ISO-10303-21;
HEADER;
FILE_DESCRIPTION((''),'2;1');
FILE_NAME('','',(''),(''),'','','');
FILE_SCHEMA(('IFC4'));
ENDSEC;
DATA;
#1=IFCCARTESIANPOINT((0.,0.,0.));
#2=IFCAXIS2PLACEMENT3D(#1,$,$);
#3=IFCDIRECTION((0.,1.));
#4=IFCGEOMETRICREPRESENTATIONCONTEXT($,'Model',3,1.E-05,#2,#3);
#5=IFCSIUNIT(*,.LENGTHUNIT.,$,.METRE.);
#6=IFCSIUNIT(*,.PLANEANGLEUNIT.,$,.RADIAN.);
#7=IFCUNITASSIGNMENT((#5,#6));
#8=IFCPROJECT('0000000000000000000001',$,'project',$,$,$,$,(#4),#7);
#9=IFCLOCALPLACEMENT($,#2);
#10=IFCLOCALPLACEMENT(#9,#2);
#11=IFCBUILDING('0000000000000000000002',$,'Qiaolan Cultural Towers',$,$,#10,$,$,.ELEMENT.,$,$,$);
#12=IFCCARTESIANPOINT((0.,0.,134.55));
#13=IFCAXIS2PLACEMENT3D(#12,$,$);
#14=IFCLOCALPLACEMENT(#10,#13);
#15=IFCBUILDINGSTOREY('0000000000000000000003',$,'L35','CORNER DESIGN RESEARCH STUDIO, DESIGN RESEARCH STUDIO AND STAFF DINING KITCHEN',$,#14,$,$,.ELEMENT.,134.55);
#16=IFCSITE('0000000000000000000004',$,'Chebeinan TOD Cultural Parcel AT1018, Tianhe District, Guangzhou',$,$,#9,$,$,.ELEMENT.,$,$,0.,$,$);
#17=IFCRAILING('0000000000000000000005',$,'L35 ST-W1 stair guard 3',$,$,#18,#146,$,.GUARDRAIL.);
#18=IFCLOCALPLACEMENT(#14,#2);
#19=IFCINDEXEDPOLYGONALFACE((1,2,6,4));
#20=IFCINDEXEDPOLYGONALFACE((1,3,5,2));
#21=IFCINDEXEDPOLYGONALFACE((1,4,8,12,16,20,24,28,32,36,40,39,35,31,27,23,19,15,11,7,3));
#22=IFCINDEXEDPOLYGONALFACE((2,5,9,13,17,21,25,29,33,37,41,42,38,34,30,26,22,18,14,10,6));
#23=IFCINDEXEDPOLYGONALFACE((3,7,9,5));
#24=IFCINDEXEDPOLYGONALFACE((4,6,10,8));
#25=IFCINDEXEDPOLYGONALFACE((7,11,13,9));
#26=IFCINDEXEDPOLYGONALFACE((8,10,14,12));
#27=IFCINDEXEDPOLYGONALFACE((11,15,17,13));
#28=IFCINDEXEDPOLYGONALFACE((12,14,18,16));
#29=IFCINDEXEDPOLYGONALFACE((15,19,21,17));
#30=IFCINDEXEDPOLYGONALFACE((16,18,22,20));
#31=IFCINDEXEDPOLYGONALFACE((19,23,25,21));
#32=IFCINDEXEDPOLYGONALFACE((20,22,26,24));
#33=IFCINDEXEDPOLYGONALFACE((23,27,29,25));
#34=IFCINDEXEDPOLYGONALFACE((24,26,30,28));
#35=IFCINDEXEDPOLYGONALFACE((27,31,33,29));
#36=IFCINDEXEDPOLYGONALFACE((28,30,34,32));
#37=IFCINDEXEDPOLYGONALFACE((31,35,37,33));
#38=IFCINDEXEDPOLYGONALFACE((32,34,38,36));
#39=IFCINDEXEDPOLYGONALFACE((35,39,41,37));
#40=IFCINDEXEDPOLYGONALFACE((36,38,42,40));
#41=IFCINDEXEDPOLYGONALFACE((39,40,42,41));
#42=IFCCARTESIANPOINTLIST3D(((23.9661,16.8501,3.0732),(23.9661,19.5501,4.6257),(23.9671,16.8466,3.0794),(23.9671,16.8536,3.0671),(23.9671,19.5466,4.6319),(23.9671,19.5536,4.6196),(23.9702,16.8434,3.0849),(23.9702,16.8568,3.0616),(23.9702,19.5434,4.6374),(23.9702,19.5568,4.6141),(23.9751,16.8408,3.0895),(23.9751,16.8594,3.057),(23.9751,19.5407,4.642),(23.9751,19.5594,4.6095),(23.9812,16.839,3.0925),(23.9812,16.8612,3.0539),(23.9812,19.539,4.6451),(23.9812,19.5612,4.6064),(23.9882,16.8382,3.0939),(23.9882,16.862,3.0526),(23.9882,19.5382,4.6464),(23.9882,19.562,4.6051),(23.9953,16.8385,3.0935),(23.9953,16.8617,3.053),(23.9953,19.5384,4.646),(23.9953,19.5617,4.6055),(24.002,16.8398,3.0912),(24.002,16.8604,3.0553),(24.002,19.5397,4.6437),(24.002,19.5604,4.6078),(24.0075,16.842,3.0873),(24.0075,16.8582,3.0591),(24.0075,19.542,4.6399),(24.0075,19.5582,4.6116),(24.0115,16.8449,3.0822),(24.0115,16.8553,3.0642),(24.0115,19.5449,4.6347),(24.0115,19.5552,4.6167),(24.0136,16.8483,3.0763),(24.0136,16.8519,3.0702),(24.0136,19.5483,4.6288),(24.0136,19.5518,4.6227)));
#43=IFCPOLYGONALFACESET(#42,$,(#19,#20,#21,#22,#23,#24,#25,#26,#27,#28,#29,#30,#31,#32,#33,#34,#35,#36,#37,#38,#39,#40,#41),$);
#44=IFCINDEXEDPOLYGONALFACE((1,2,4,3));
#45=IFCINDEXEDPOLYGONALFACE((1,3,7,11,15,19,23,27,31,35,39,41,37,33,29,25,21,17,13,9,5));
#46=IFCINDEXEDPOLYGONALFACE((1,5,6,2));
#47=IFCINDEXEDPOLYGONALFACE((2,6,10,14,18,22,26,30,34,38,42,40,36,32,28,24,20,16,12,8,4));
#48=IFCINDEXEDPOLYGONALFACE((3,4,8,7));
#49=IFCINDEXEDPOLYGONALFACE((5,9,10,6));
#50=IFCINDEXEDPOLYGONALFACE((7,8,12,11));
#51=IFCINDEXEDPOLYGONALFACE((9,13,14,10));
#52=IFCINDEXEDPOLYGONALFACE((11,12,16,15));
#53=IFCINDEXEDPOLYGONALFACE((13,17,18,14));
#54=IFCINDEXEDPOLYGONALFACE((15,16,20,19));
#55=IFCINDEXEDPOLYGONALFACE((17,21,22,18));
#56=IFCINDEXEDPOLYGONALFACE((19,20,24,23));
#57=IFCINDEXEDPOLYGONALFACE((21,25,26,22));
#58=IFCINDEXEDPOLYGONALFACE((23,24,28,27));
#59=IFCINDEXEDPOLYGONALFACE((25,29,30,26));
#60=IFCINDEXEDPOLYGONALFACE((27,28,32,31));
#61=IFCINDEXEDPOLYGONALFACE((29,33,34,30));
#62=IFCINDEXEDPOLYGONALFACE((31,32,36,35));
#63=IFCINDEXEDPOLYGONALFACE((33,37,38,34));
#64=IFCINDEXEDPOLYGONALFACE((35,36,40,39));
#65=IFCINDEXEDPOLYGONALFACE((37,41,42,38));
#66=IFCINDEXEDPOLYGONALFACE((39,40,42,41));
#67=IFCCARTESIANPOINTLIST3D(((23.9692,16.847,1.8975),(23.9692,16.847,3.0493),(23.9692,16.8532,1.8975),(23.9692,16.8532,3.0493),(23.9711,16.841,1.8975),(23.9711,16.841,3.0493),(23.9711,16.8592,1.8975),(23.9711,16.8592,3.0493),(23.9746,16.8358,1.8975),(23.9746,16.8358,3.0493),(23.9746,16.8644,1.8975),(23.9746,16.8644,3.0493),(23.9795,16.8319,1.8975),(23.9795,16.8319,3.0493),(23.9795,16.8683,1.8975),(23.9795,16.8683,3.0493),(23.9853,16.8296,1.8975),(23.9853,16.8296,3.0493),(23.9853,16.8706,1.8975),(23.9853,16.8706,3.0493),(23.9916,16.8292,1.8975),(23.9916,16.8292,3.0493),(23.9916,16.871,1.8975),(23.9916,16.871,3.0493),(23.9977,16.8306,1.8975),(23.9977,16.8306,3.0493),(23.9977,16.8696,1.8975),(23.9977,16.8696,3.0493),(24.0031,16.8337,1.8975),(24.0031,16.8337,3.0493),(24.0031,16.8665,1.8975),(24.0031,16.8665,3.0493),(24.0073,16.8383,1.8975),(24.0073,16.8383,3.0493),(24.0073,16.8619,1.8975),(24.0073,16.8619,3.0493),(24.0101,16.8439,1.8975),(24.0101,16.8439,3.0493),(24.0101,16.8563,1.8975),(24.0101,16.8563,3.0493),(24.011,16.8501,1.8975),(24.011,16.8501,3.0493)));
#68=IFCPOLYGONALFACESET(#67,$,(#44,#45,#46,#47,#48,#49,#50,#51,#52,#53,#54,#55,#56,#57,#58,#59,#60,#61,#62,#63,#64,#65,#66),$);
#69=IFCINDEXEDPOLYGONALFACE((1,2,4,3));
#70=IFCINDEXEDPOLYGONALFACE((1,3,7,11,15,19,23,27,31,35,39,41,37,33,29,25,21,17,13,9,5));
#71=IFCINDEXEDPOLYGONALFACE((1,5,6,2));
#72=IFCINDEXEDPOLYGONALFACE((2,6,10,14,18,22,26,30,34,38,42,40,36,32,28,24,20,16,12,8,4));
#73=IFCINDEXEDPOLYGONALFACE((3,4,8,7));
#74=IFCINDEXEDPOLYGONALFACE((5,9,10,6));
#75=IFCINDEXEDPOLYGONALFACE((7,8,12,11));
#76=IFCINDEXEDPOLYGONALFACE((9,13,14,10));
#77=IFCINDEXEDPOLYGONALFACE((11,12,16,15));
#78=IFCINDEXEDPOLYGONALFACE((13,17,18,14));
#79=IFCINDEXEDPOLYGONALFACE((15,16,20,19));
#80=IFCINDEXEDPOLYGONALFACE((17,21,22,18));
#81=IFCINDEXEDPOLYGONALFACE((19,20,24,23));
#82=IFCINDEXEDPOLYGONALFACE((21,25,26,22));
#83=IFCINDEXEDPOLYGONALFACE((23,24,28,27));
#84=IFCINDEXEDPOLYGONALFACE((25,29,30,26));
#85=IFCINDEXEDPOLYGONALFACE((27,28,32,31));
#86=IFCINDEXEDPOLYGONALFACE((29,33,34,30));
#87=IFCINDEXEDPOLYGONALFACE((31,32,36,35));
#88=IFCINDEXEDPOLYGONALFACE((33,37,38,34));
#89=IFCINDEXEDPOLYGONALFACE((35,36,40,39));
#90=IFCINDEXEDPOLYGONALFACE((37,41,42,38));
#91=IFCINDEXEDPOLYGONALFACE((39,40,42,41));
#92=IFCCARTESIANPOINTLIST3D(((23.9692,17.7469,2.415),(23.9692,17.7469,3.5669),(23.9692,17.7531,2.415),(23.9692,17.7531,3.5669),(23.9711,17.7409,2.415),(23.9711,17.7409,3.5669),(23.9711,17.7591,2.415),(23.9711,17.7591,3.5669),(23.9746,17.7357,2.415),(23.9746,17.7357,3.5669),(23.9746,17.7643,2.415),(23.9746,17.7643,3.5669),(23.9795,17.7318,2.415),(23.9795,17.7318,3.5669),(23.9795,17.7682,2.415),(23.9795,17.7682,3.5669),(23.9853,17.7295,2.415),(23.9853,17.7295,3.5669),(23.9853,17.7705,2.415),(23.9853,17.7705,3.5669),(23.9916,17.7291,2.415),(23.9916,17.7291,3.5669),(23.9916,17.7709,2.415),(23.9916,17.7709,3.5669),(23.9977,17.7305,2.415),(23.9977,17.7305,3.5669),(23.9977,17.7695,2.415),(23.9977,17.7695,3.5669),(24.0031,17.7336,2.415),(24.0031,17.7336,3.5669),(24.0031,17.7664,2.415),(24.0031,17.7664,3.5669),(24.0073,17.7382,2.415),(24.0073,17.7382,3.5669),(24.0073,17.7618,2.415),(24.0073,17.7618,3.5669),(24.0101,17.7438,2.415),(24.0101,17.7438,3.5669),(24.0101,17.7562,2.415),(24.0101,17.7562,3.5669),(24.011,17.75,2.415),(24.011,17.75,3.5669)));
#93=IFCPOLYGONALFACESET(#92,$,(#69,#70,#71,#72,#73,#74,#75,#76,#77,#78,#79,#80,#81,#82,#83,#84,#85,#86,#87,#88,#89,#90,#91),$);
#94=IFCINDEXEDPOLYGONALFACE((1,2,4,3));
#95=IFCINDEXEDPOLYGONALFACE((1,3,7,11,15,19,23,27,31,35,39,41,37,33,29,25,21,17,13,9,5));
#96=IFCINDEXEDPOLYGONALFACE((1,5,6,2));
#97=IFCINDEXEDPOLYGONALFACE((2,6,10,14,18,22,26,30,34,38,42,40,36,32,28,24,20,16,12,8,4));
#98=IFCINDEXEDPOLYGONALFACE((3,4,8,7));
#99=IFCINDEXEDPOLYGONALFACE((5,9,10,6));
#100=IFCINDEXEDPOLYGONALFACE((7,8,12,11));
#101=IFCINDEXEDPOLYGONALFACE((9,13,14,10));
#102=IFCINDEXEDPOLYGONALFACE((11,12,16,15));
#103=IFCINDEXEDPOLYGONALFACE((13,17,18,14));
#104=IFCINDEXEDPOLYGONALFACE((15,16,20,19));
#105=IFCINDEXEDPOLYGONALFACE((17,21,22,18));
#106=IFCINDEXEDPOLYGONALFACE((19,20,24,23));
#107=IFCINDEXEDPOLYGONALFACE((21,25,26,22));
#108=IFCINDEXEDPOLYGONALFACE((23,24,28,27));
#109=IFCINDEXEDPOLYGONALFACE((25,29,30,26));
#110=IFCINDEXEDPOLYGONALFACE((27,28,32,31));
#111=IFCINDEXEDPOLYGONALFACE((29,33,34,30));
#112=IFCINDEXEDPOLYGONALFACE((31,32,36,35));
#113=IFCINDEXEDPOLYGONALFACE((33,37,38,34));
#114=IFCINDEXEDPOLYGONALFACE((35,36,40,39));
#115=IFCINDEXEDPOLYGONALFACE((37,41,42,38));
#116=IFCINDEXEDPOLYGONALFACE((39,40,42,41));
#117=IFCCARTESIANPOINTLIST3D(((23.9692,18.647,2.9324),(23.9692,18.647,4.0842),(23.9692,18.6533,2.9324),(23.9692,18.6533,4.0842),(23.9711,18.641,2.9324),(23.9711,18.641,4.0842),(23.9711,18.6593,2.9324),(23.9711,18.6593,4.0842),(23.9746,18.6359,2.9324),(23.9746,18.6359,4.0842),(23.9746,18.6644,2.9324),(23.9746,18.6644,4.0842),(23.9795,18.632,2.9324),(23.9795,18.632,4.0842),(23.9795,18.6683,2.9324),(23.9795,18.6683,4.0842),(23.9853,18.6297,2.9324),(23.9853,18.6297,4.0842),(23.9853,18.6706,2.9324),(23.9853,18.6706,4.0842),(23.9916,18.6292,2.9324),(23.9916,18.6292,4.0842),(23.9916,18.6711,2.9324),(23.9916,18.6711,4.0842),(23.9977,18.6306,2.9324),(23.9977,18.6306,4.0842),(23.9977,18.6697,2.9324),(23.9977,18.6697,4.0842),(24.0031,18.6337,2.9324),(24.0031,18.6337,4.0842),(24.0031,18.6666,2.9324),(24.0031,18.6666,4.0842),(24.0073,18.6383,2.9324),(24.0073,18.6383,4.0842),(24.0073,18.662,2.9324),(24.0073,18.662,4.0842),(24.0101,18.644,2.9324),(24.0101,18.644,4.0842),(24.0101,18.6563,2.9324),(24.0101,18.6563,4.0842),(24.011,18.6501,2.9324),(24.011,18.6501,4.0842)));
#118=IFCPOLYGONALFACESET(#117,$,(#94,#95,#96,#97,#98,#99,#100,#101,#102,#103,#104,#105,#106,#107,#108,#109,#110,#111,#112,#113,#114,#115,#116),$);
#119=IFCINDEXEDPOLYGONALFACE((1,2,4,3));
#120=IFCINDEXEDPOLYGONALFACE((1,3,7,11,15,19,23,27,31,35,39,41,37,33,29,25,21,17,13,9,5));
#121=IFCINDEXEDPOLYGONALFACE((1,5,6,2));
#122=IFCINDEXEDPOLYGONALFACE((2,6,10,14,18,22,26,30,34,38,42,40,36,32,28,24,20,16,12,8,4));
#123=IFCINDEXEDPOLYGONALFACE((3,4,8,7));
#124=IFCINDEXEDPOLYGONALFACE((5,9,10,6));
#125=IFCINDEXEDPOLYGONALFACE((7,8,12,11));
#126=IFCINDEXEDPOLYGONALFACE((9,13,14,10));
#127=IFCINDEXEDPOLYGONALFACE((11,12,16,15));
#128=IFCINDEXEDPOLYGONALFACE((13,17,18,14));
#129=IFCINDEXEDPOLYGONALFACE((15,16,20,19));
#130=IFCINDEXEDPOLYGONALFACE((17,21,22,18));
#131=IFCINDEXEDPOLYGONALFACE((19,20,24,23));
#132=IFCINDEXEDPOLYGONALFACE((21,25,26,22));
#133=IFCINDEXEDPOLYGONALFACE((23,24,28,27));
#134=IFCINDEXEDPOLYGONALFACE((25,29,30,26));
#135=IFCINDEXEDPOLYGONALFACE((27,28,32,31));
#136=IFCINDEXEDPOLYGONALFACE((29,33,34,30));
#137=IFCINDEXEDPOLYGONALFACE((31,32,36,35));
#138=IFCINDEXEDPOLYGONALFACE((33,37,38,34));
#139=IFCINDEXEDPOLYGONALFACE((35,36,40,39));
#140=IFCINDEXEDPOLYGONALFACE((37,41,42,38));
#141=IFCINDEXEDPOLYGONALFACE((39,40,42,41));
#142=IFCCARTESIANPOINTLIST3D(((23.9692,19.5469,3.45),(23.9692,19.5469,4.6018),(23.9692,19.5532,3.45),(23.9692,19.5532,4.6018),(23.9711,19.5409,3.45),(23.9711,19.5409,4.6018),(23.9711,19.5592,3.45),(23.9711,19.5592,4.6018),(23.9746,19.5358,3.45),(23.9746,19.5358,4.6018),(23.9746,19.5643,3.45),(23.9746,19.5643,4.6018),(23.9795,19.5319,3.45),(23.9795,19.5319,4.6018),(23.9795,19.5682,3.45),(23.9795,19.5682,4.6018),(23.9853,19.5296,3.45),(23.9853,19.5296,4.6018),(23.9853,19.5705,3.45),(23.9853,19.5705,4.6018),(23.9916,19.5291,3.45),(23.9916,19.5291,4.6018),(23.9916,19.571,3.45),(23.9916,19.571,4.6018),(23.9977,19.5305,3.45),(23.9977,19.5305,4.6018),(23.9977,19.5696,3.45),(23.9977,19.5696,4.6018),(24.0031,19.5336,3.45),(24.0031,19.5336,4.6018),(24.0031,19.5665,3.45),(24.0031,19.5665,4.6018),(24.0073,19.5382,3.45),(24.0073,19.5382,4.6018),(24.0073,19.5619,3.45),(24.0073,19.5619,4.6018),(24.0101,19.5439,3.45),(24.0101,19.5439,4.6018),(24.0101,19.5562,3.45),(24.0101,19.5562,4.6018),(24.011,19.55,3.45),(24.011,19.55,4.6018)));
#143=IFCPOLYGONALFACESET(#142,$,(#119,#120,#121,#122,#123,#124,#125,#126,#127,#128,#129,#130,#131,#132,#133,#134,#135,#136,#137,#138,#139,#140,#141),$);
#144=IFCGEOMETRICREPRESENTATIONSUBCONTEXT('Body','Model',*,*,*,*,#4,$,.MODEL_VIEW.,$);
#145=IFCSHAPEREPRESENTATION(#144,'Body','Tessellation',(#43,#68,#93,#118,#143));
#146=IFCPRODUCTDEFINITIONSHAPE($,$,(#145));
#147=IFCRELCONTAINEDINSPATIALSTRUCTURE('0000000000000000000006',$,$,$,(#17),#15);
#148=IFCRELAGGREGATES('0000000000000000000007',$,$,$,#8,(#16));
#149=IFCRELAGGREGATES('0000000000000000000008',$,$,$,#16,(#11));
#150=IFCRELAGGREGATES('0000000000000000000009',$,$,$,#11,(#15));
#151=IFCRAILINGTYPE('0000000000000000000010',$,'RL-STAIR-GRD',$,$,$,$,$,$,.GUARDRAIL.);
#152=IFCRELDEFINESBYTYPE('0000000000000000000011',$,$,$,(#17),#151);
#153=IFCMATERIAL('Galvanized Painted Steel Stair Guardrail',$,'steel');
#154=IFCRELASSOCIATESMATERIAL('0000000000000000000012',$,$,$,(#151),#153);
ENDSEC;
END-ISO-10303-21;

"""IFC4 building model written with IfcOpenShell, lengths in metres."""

from ifc_helpers import new_model, si_unit, direction, frame, origin, origin_2d, place, context, subcontext, project, spatial, circle, extrude, material, type_object, element, save


model = new_model("IFC4")

# Units and contexts
model_context = context("Model", 3, precision=1e-05, world=origin(), true_north=direction((0.0, 1.0)))
body_context = subcontext(model_context, "Body", "Model", "MODEL_VIEW")
ifc_project = project(units=[si_unit("LENGTHUNIT", "METRE"), si_unit("PLANEANGLEUNIT", "RADIAN")], contexts=[model_context])

# Site, building, storey
site_placement = place(None, origin())
site = spatial("IfcSite", under=ifc_project, at=site_placement, Name="Chebeinan TOD Cultural Parcel AT1018, Tianhe District, Guangzhou", CompositionType="ELEMENT", RefElevation=0.0)
building_placement = place(site_placement, origin())
building = spatial("IfcBuilding", under=site, at=building_placement, Name="Qiaolan Cultural Towers", CompositionType="ELEMENT")
storey_placement = place(building_placement, frame((0.0, 0.0, 134.55)))
storey = spatial("IfcBuildingStorey", under=building, at=storey_placement, Name="L35", Description="CORNER DESIGN RESEARCH STUDIO, DESIGN RESEARCH STUDIO AND STAFF DINING KITCHEN", CompositionType="ELEMENT", Elevation=134.55)

# Railing
ifc_material_1 = material(Name="Galvanized Painted Steel Stair Guardrail", Category="steel")
railing_type = type_object("IfcRailingType", Name="RL-STAIR-GRD", PredefinedType="GUARDRAIL", material=ifc_material_1)
railing_1_placement = place(storey_placement, frame((23.99, 16.8501, 1.8975)))
element("IfcRailing", 1, at=railing_1_placement, inside=storey, type_object=railing_type, Name="L35 ST-W1 stair guard 3", PredefinedType="GUARDRAIL", context=body_context, shape_type="SweptSolid", body=[
    extrude(circle(Radius=0.0239, at=origin_2d()), frame((0.0, 0.0, 1.1758), z_axis=(0.0, 0.866904, 0.498476), x_axis=(-1.0, 0.0, 0.0)), (0.0, 0.0, 1.0), 3.1145),
    extrude(circle(Radius=0.021, at=origin_2d()), origin(), (0.0, 0.0, 1.0), 1.1519),
    extrude(circle(Radius=0.021, at=origin_2d()), frame((0.0, 0.8999, 0.5176)), (0.0, 0.0, 1.0), 1.1519),
    extrude(circle(Radius=0.021, at=origin_2d()), frame((0.0, 1.8, 1.0349)), (0.0, 0.0, 1.0), 1.1519),
    extrude(circle(Radius=0.021, at=origin_2d()), frame((0.0, 2.7, 1.5525)), (0.0, 0.0, 1.0), 1.1519),
])

save(model, "model.ifc")
